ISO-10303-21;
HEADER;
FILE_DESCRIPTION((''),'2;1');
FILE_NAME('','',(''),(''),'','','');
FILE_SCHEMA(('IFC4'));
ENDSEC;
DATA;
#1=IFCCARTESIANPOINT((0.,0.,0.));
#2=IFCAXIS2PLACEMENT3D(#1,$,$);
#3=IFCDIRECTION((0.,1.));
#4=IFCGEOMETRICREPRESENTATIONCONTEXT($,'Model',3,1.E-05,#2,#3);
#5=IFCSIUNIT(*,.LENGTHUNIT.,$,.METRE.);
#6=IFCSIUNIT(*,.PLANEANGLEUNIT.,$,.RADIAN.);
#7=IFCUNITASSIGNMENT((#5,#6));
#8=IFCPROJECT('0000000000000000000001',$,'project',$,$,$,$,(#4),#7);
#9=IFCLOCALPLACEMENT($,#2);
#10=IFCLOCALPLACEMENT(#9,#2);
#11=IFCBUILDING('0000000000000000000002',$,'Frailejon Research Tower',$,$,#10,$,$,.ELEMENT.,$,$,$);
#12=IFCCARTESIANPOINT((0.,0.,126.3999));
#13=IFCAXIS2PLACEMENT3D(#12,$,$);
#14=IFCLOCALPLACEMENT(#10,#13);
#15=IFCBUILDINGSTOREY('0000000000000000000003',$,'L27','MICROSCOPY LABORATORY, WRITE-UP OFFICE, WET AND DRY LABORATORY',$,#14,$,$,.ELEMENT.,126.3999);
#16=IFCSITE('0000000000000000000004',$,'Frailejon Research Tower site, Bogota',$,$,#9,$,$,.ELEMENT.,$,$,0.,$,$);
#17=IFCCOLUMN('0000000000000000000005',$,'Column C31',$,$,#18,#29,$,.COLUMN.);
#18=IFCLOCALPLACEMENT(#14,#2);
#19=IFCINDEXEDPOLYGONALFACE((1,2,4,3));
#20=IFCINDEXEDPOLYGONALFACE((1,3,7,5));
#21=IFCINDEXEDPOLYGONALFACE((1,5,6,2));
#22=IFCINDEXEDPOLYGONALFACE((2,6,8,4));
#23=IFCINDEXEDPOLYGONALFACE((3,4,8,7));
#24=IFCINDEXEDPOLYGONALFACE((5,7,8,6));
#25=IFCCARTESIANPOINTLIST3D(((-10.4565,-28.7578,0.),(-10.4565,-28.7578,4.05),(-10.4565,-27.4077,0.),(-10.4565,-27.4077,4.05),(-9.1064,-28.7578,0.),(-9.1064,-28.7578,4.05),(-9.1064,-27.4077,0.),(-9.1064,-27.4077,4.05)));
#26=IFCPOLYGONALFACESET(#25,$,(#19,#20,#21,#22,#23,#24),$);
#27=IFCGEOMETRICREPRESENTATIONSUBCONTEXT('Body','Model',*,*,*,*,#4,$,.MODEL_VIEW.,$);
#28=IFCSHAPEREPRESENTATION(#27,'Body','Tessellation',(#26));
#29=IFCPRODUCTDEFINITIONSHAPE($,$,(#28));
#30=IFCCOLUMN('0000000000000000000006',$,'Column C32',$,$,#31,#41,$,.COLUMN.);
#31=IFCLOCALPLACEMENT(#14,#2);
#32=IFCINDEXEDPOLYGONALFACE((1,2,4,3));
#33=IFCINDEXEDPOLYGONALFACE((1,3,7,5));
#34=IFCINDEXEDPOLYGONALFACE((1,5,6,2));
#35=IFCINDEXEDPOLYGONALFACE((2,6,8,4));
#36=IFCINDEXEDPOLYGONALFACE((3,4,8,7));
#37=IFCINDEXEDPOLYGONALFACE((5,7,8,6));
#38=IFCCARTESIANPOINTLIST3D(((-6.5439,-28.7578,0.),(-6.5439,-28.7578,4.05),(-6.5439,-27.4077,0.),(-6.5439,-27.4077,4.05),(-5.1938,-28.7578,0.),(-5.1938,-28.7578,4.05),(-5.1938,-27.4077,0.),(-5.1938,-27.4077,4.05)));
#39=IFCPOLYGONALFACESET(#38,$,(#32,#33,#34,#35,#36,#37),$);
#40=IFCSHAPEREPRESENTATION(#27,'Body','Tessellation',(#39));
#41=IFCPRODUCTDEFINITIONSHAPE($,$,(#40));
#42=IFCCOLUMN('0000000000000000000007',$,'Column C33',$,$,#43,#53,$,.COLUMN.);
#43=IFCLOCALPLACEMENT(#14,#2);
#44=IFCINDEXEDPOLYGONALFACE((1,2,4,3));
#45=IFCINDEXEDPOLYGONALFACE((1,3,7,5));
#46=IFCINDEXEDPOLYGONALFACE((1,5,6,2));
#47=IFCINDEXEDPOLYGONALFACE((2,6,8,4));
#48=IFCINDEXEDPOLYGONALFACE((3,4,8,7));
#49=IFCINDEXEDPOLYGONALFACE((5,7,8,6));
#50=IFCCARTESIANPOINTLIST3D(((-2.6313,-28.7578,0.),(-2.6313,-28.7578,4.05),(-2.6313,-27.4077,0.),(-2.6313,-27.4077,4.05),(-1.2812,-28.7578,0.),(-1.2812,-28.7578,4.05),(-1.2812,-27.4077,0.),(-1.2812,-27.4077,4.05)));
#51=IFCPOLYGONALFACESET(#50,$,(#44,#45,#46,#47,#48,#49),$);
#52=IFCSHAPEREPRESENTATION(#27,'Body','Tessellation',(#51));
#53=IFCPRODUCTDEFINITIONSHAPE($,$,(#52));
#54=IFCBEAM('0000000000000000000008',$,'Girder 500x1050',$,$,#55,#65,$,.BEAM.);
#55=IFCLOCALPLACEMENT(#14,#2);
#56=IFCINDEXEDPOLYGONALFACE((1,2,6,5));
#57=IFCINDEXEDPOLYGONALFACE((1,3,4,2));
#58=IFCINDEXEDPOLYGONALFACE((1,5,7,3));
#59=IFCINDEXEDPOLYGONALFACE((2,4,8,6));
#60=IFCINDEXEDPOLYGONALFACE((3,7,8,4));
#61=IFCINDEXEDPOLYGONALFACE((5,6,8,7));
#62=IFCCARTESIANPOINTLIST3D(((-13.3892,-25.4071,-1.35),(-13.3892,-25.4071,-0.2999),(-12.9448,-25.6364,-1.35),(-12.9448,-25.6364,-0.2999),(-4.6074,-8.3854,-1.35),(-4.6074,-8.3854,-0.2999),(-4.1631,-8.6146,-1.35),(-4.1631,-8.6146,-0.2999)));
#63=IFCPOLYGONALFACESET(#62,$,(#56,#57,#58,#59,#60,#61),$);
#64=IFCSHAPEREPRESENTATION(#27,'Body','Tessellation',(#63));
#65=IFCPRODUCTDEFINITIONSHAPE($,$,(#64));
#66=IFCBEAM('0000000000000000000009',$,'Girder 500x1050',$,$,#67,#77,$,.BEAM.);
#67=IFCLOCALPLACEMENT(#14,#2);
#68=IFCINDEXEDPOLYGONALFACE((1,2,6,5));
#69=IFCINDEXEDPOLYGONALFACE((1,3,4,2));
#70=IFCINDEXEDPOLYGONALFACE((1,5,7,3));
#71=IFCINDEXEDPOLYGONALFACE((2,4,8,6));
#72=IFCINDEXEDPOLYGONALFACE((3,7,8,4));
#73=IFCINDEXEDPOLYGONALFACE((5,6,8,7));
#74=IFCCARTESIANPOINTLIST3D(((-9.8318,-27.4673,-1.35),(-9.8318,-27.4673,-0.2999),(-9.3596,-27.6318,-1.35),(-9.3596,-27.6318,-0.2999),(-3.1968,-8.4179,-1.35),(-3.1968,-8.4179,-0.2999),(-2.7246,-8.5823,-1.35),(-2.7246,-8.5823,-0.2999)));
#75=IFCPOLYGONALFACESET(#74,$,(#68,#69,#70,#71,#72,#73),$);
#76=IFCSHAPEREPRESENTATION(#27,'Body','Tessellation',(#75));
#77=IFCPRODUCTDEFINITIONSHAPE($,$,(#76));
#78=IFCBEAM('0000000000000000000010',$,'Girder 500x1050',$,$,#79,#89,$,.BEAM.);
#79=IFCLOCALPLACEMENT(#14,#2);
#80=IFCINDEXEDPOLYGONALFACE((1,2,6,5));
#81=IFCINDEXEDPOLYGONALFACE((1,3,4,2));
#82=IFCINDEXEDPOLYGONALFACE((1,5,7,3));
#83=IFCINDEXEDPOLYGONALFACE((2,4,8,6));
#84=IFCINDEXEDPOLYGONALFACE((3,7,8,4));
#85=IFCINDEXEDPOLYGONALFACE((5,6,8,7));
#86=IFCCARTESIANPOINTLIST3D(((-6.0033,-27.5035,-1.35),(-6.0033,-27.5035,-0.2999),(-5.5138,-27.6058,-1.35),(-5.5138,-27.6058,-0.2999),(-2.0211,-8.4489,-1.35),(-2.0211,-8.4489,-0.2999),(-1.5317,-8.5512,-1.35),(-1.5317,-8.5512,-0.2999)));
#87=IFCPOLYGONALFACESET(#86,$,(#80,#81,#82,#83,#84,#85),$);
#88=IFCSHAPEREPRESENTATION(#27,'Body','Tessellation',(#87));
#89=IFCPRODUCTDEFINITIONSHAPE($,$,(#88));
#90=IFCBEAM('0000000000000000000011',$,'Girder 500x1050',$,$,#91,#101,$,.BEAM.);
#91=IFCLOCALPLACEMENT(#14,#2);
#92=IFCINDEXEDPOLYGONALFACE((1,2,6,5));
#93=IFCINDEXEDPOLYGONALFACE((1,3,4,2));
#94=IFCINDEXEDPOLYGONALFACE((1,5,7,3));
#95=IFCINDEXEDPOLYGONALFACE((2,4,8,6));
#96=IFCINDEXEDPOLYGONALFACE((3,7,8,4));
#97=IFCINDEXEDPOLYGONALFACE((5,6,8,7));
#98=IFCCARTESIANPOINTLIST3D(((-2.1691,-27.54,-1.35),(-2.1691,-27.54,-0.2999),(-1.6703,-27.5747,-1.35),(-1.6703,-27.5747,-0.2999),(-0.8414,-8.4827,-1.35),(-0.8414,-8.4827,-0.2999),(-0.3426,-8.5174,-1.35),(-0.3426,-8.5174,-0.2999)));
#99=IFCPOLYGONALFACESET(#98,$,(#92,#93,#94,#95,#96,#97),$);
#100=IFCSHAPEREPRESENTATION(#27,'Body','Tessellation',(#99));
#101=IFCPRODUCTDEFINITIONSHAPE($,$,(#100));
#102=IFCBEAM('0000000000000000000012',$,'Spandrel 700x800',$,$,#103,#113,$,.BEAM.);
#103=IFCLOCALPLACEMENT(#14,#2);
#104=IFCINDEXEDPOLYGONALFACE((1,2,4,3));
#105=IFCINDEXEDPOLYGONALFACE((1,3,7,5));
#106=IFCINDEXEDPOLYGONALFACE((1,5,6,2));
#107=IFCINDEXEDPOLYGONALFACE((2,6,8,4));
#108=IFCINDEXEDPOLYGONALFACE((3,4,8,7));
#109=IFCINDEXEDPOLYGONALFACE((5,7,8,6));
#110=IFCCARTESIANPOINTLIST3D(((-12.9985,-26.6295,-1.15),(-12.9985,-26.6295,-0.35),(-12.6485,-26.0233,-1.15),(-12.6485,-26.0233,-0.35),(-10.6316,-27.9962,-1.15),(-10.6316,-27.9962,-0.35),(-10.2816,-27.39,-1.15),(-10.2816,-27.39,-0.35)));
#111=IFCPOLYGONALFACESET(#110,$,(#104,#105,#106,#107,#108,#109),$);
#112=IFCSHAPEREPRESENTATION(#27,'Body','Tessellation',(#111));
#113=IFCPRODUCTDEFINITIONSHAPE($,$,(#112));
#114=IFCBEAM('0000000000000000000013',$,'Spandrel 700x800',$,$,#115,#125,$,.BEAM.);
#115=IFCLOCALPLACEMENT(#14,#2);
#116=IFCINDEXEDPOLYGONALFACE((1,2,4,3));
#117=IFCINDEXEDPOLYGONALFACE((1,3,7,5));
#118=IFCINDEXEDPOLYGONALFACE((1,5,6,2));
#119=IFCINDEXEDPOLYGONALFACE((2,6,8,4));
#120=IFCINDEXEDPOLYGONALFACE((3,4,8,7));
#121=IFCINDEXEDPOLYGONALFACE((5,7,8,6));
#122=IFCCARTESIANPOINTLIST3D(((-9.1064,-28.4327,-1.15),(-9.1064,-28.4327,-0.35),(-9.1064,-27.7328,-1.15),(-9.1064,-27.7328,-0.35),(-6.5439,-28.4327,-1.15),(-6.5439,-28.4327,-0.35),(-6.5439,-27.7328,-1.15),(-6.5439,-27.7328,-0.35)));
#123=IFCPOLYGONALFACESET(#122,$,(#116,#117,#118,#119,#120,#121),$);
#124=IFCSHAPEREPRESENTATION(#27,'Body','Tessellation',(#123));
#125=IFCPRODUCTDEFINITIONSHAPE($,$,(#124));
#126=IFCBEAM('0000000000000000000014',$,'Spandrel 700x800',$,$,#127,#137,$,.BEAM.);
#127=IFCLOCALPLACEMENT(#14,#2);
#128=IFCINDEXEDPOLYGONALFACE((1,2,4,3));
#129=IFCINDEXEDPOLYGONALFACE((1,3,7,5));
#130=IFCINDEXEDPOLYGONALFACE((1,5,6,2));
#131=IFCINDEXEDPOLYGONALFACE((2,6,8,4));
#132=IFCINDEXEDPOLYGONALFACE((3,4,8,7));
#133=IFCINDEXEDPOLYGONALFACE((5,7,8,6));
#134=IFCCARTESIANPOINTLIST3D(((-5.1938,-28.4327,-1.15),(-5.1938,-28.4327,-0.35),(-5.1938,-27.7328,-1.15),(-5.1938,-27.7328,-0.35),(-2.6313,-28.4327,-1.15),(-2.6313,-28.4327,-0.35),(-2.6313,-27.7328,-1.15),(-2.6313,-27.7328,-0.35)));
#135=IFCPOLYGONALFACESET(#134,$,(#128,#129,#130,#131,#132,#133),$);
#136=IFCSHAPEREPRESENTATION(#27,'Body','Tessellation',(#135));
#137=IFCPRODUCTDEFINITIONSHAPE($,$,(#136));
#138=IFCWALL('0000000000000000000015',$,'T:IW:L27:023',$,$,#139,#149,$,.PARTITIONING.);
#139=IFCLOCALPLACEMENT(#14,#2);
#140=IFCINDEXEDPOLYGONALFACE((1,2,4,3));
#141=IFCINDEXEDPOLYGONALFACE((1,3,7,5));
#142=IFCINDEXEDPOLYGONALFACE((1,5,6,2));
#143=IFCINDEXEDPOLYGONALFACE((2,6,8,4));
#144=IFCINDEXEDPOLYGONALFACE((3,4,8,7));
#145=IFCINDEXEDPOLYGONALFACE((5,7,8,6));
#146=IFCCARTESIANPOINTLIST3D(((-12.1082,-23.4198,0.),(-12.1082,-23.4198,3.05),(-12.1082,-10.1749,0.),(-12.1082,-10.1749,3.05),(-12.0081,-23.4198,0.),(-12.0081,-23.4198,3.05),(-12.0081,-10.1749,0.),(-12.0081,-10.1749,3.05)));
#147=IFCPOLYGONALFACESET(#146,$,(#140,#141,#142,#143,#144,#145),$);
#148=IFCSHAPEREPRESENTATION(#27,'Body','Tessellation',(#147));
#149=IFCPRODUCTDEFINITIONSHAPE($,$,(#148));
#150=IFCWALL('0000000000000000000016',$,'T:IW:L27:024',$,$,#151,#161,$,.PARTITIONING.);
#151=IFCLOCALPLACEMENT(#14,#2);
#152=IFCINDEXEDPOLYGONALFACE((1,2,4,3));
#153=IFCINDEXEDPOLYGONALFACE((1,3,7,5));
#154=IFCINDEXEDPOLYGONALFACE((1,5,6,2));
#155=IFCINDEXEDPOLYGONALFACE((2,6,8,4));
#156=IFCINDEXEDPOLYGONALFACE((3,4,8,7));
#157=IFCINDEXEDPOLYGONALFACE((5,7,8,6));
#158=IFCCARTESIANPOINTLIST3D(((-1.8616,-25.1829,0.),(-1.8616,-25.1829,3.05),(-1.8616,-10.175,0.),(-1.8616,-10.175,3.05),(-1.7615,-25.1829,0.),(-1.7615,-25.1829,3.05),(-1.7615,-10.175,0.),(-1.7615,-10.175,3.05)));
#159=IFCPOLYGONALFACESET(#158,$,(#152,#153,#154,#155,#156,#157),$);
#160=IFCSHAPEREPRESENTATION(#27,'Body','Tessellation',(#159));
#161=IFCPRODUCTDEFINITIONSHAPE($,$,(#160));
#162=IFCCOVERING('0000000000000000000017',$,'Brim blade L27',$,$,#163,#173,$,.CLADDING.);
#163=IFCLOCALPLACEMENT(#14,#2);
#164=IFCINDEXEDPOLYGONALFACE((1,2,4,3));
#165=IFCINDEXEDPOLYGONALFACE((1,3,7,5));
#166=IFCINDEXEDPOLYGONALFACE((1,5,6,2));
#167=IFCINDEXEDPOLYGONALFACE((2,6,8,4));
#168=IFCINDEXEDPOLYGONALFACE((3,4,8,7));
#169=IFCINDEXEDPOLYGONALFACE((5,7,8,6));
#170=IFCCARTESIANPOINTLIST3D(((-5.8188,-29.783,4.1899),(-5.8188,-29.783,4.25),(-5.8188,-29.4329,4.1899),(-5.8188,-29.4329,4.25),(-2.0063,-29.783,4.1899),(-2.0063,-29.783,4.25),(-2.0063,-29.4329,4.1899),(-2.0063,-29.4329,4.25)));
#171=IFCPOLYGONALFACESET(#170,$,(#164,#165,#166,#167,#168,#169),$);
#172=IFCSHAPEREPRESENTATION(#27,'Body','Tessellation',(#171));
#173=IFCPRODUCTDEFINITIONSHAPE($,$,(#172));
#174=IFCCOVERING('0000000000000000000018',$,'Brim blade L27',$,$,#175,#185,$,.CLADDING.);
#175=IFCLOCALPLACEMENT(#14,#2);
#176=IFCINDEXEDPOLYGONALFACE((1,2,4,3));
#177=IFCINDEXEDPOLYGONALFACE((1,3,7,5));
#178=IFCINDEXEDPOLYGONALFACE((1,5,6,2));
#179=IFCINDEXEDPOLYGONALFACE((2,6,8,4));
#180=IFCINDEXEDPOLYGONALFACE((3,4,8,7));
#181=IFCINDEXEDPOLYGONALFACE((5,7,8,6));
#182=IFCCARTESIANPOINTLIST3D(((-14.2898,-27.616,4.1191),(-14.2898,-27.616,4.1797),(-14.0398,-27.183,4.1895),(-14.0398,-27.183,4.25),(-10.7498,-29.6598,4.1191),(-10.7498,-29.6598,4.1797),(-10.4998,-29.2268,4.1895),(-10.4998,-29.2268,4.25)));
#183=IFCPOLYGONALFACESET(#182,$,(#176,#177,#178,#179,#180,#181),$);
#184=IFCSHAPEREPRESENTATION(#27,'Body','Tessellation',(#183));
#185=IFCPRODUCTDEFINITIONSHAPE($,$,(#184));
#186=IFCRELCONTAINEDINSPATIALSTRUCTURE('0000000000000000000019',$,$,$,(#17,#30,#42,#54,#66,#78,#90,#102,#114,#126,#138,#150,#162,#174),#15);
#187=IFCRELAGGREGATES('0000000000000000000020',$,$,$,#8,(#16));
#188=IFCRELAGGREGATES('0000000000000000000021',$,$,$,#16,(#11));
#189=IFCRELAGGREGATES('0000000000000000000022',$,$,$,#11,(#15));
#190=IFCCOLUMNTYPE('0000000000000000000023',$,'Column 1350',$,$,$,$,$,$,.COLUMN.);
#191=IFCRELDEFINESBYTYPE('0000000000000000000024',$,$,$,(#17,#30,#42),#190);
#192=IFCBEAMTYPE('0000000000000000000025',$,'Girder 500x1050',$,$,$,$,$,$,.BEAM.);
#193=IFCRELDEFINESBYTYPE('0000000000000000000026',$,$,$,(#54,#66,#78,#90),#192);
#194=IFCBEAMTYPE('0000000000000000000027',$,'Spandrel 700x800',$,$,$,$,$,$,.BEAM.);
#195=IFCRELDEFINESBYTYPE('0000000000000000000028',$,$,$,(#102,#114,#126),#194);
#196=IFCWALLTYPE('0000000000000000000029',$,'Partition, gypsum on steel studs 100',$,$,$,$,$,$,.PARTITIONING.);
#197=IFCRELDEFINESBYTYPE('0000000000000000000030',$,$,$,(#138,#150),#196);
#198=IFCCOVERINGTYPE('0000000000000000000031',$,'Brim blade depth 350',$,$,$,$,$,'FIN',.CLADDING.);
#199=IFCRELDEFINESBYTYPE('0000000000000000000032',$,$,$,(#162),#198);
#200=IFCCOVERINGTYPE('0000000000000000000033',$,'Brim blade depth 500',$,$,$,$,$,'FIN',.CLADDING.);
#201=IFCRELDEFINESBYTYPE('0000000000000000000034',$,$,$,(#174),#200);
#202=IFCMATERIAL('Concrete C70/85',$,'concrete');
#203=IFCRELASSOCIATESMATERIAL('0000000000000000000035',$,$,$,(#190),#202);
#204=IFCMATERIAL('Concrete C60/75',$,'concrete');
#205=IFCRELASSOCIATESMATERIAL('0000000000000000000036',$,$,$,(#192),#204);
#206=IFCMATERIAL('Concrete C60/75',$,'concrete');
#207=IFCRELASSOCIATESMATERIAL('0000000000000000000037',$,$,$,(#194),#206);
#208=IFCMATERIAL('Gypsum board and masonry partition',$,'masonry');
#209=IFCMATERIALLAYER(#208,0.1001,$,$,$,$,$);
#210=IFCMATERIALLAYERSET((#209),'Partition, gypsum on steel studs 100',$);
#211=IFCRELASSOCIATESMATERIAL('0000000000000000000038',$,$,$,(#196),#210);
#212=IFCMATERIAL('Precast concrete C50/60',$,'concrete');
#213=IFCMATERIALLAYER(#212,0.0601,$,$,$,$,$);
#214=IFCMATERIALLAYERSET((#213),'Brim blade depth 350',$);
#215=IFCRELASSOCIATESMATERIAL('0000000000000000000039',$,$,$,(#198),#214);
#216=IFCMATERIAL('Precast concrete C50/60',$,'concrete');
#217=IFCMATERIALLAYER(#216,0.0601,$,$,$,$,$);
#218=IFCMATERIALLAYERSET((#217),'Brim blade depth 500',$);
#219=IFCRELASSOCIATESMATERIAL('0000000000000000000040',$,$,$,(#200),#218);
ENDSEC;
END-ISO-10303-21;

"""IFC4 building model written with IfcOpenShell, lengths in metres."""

from ifc_helpers import new_model, si_unit, direction, frame, frame_2d, origin, origin_2d, place, context, subcontext, project, spatial, polyline, rectangle, outline, extrude, material, layer, layer_set, material_profile, profile_set, type_object, element, save


model = new_model("IFC4")

# Units and contexts
model_context = context("Model", 3, precision=1e-05, world=origin(), true_north=direction((0.0, 1.0)))
body_context = subcontext(model_context, "Body", "Model", "MODEL_VIEW")
ifc_project = project(units=[si_unit("LENGTHUNIT", "METRE"), si_unit("PLANEANGLEUNIT", "RADIAN")], contexts=[model_context])

# Site, building, storey
site_placement = place(None, origin())
site = spatial("IfcSite", under=ifc_project, at=site_placement, Name="Frailejon Research Tower site, Bogota", CompositionType="ELEMENT", RefElevation=0.0)
building_placement = place(site_placement, origin())
building = spatial("IfcBuilding", under=site, at=building_placement, Name="Frailejon Research Tower", CompositionType="ELEMENT")
storey_placement = place(building_placement, frame((0.0, 0.0, 126.3999)))
storey = spatial("IfcBuildingStorey", under=building, at=storey_placement, Name="L27", Description="MICROSCOPY LABORATORY, WRITE-UP OFFICE, WET AND DRY LABORATORY", CompositionType="ELEMENT", Elevation=126.3999)

# Columns
ifc_material_1 = material(Name="Concrete C70/85", Category="concrete")
ifc_material_profile_1 = material_profile(ifc_material_1, rectangle(XDim=1.3501, YDim=1.3501, at=origin_2d()), Name="Column 1350")
ifc_profile_set_1 = profile_set([ifc_material_profile_1], Name="Concrete C70/85")
column_type = type_object("IfcColumnType", Name="Column 1350", PredefinedType="COLUMN", material=ifc_profile_set_1)
for number, where, z_axis, x_axis, name in (
    (1, (-9.7815, -28.0828, 0.0), (0.0, 0.0, 1.0), (1.0, 0.0, 0.0), "Column C31"),
    (2, (-5.8689, -28.0828, 0.0), (0.0, 0.0, 1.0), (1.0, 0.0, 0.0), "Column C32"),
    (3, (-1.9563, -28.0828, 0.0), (0.0, 0.0, 1.0), (1.0, 0.0, 0.0), "Column C33"),
):
    element("IfcColumn", number, at=place(storey_placement, frame(where, z_axis=z_axis, x_axis=x_axis)), inside=storey, type_object=column_type, Name=name, PredefinedType="COLUMN", context=body_context, shape_type="SweptSolid", body=[
        extrude(rectangle(XDim=1.3501, YDim=1.3501, at=origin_2d()), origin(), (0.0, 0.0, 1.0), 4.05),
    ])

# Beams
ifc_material_2 = material(Name="Concrete C60/75", Category="concrete")
ifc_material_profile_2 = material_profile(ifc_material_2, rectangle(XDim=0.5, YDim=1.05, at=origin_2d()), Name="Girder 500x1050")
ifc_profile_set_2 = profile_set([ifc_material_profile_2], Name="Concrete C60/75")
beam_type_1 = type_object("IfcBeamType", Name="Girder 500x1050", PredefinedType="BEAM", material=ifc_profile_set_2)
beam_1_placement = place(storey_placement, frame((-13.167, -25.5217, -0.825), z_axis=(0.458492, 0.888699, 0.0), x_axis=(-0.888699, 0.458492, 0.0)))
element("IfcBeam", 4, at=beam_1_placement, inside=storey, type_object=beam_type_1, Name="Girder 500x1050", PredefinedType="BEAM", context=body_context, shape_type="SweptSolid", body=[
    extrude(rectangle(XDim=0.5, YDim=1.05, at=origin_2d()), origin(), (0.0, 0.0, 1.0), 19.1536),
])
beam_2_placement = place(storey_placement, frame((-9.5957, -27.5496, -0.825), z_axis=(0.328922, 0.944357, 0.0), x_axis=(-0.944357, 0.328922, 0.0)))
element("IfcBeam", 5, at=beam_2_placement, inside=storey, type_object=beam_type_1, Name="Girder 500x1050", PredefinedType="BEAM", context=body_context, shape_type="SweptSolid", body=[
    extrude(rectangle(XDim=0.5, YDim=1.05, at=origin_2d()), origin(), (0.0, 0.0, 1.0), 20.1719),
])
beam_3_placement = place(storey_placement, frame((-5.7585, -27.5547, -0.825), z_axis=(0.204567, 0.978853, 0.0), x_axis=(-0.978853, 0.204567, 0.0)))
element("IfcBeam", 6, at=beam_3_placement, inside=storey, type_object=beam_type_1, Name="Girder 500x1050", PredefinedType="BEAM", context=body_context, shape_type="SweptSolid", body=[
    extrude(rectangle(XDim=0.5, YDim=1.05, at=origin_2d()), origin(), (0.0, 0.0, 1.0), 19.4663),
])
beam_4_placement = place(storey_placement, frame((-1.9197, -27.5574, -0.825), z_axis=(0.069497, 0.997582, 0.0), x_axis=(-0.997582, 0.069497, 0.0)))
element("IfcBeam", 7, at=beam_4_placement, inside=storey, type_object=beam_type_1, Name="Girder 500x1050", PredefinedType="BEAM", context=body_context, shape_type="SweptSolid", body=[
    extrude(rectangle(XDim=0.5, YDim=1.05, at=origin_2d()), origin(), (0.0, 0.0, 1.0), 19.1035),
])
ifc_material_3 = material(Name="Concrete C60/75", Category="concrete")
ifc_material_profile_3 = material_profile(ifc_material_3, rectangle(XDim=0.7, YDim=0.8, at=origin_2d()), Name="Spandrel 700x800")
ifc_profile_set_3 = profile_set([ifc_material_profile_3], Name="Concrete C60/75")
beam_type_2 = type_object("IfcBeamType", Name="Spandrel 700x800", PredefinedType="BEAM", material=ifc_profile_set_3)
beam_5_placement = place(storey_placement, frame((-12.8235, -26.3264, -0.75), z_axis=(0.866003, -0.500039, 0.0), x_axis=(0.500039, 0.866003, 0.0)))
element("IfcBeam", 8, at=beam_5_placement, inside=storey, type_object=beam_type_2, Name="Spandrel 700x800", PredefinedType="BEAM", context=body_context, shape_type="SweptSolid", body=[
    extrude(rectangle(XDim=0.7, YDim=0.8, at=origin_2d()), origin(), (0.0, 0.0, 1.0), 2.7332),
])
for number, where, z_axis, x_axis, name in (
    (9, (-9.1064, -28.0828, -0.75), (1.0, 0.0, 0.0), (0.0, 1.0, 0.0), "Spandrel 700x800"),
    (10, (-5.1938, -28.0828, -0.75), (1.0, 0.0, 0.0), (0.0, 1.0, 0.0), "Spandrel 700x800"),
):
    element("IfcBeam", number, at=place(storey_placement, frame(where, z_axis=z_axis, x_axis=x_axis)), inside=storey, type_object=beam_type_2, Name=name, PredefinedType="BEAM", context=body_context, shape_type="SweptSolid", body=[
        extrude(rectangle(XDim=0.7, YDim=0.8, at=origin_2d()), origin(), (0.0, 0.0, 1.0), 2.5625),
    ])

# Walls
ifc_material_4 = material(Name="Gypsum board and masonry partition", Category="masonry")
ifc_layer_1 = layer(ifc_material_4, 0.1001)
ifc_layer_set_1 = layer_set([ifc_layer_1], Name="Partition, gypsum on steel studs 100")
wall_type_1 = type_object("IfcWallType", Name="Partition, gypsum on steel studs 100", PredefinedType="PARTITIONING", material=ifc_layer_set_1)
wall_1_placement = place(storey_placement, frame((-12.0581, -23.4199, 0.0), z_axis=(0.0, 0.0, 1.0), x_axis=(0.0, 1.0, 0.0)))
element("IfcWall", 11, at=wall_1_placement, inside=storey, type_object=wall_type_1, Name="T:IW:L27:023", PredefinedType="PARTITIONING", context=body_context, shape_type="SweptSolid", body=[
    extrude(rectangle(XDim=13.2449, YDim=0.1001, at=frame_2d((6.6226, 0.0))), origin(), (0.0, 0.0, 1.0), 3.05),
])
wall_2_placement = place(storey_placement, frame((-1.8115, -25.1829, 0.0), z_axis=(0.0, 0.0, 1.0), x_axis=(0.0, 1.0, 0.0)))
element("IfcWall", 12, at=wall_2_placement, inside=storey, type_object=wall_type_1, Name="T:IW:L27:024", PredefinedType="PARTITIONING", context=body_context, shape_type="SweptSolid", body=[
    extrude(rectangle(XDim=15.0078, YDim=0.1001, at=frame_2d((7.5039, 0.0))), origin(), (0.0, 0.0, 1.0), 3.05),
])

# Coverings
ifc_material_5 = material(Name="Precast concrete C50/60", Category="concrete")
ifc_layer_2 = layer(ifc_material_5, 0.0601)
ifc_layer_set_2 = layer_set([ifc_layer_2], Name="Brim blade depth 350")
covering_type_1 = type_object("IfcCoveringType", Name="Brim blade depth 350", ElementType="FIN", PredefinedType="CLADDING", material=ifc_layer_set_2)
covering_1_placement = place(storey_placement, frame((-2.0063, -29.4329, 4.25), z_axis=(-1.0, 0.0, 0.0), x_axis=(0.0, -1.0, 0.0)))
element("IfcCovering", 13, at=covering_1_placement, inside=storey, type_object=covering_type_1, Name="Brim blade L27", PredefinedType="CLADDING", context=body_context, shape_type="SweptSolid", body=[
    extrude(outline(polyline([(0.0, -0.0601), (0.3501, -0.0601), (0.3501, 0.0), (0.0, 0.0), (0.0, -0.0601)])), origin(), (0.0, 0.0, 1.0), 3.8125),
])
ifc_material_6 = material(Name="Precast concrete C50/60", Category="concrete")
ifc_layer_3 = layer(ifc_material_6, 0.0601)
ifc_layer_set_3 = layer_set([ifc_layer_3], Name="Brim blade depth 500")
covering_type_2 = type_object("IfcCoveringType", Name="Brim blade depth 500", ElementType="FIN", PredefinedType="CLADDING", material=ifc_layer_set_3)
covering_2_placement = place(storey_placement, frame((-10.4998, -29.2268, 4.25), z_axis=(-0.866027, 0.499997, 0.0), x_axis=(-0.499997, -0.866027, 0.0)))
element("IfcCovering", 14, at=covering_2_placement, inside=storey, type_object=covering_type_2, Name="Brim blade L27", PredefinedType="CLADDING", context=body_context, shape_type="SweptSolid", body=[
    extrude(outline(polyline([(0.0, -0.0605), (0.5, -0.1309), (0.5, -0.0703), (0.0, 0.0), (0.0, -0.0605)])), origin(), (0.0, 0.0, 1.0), 4.0876),
])

save(model, "model.ifc")
